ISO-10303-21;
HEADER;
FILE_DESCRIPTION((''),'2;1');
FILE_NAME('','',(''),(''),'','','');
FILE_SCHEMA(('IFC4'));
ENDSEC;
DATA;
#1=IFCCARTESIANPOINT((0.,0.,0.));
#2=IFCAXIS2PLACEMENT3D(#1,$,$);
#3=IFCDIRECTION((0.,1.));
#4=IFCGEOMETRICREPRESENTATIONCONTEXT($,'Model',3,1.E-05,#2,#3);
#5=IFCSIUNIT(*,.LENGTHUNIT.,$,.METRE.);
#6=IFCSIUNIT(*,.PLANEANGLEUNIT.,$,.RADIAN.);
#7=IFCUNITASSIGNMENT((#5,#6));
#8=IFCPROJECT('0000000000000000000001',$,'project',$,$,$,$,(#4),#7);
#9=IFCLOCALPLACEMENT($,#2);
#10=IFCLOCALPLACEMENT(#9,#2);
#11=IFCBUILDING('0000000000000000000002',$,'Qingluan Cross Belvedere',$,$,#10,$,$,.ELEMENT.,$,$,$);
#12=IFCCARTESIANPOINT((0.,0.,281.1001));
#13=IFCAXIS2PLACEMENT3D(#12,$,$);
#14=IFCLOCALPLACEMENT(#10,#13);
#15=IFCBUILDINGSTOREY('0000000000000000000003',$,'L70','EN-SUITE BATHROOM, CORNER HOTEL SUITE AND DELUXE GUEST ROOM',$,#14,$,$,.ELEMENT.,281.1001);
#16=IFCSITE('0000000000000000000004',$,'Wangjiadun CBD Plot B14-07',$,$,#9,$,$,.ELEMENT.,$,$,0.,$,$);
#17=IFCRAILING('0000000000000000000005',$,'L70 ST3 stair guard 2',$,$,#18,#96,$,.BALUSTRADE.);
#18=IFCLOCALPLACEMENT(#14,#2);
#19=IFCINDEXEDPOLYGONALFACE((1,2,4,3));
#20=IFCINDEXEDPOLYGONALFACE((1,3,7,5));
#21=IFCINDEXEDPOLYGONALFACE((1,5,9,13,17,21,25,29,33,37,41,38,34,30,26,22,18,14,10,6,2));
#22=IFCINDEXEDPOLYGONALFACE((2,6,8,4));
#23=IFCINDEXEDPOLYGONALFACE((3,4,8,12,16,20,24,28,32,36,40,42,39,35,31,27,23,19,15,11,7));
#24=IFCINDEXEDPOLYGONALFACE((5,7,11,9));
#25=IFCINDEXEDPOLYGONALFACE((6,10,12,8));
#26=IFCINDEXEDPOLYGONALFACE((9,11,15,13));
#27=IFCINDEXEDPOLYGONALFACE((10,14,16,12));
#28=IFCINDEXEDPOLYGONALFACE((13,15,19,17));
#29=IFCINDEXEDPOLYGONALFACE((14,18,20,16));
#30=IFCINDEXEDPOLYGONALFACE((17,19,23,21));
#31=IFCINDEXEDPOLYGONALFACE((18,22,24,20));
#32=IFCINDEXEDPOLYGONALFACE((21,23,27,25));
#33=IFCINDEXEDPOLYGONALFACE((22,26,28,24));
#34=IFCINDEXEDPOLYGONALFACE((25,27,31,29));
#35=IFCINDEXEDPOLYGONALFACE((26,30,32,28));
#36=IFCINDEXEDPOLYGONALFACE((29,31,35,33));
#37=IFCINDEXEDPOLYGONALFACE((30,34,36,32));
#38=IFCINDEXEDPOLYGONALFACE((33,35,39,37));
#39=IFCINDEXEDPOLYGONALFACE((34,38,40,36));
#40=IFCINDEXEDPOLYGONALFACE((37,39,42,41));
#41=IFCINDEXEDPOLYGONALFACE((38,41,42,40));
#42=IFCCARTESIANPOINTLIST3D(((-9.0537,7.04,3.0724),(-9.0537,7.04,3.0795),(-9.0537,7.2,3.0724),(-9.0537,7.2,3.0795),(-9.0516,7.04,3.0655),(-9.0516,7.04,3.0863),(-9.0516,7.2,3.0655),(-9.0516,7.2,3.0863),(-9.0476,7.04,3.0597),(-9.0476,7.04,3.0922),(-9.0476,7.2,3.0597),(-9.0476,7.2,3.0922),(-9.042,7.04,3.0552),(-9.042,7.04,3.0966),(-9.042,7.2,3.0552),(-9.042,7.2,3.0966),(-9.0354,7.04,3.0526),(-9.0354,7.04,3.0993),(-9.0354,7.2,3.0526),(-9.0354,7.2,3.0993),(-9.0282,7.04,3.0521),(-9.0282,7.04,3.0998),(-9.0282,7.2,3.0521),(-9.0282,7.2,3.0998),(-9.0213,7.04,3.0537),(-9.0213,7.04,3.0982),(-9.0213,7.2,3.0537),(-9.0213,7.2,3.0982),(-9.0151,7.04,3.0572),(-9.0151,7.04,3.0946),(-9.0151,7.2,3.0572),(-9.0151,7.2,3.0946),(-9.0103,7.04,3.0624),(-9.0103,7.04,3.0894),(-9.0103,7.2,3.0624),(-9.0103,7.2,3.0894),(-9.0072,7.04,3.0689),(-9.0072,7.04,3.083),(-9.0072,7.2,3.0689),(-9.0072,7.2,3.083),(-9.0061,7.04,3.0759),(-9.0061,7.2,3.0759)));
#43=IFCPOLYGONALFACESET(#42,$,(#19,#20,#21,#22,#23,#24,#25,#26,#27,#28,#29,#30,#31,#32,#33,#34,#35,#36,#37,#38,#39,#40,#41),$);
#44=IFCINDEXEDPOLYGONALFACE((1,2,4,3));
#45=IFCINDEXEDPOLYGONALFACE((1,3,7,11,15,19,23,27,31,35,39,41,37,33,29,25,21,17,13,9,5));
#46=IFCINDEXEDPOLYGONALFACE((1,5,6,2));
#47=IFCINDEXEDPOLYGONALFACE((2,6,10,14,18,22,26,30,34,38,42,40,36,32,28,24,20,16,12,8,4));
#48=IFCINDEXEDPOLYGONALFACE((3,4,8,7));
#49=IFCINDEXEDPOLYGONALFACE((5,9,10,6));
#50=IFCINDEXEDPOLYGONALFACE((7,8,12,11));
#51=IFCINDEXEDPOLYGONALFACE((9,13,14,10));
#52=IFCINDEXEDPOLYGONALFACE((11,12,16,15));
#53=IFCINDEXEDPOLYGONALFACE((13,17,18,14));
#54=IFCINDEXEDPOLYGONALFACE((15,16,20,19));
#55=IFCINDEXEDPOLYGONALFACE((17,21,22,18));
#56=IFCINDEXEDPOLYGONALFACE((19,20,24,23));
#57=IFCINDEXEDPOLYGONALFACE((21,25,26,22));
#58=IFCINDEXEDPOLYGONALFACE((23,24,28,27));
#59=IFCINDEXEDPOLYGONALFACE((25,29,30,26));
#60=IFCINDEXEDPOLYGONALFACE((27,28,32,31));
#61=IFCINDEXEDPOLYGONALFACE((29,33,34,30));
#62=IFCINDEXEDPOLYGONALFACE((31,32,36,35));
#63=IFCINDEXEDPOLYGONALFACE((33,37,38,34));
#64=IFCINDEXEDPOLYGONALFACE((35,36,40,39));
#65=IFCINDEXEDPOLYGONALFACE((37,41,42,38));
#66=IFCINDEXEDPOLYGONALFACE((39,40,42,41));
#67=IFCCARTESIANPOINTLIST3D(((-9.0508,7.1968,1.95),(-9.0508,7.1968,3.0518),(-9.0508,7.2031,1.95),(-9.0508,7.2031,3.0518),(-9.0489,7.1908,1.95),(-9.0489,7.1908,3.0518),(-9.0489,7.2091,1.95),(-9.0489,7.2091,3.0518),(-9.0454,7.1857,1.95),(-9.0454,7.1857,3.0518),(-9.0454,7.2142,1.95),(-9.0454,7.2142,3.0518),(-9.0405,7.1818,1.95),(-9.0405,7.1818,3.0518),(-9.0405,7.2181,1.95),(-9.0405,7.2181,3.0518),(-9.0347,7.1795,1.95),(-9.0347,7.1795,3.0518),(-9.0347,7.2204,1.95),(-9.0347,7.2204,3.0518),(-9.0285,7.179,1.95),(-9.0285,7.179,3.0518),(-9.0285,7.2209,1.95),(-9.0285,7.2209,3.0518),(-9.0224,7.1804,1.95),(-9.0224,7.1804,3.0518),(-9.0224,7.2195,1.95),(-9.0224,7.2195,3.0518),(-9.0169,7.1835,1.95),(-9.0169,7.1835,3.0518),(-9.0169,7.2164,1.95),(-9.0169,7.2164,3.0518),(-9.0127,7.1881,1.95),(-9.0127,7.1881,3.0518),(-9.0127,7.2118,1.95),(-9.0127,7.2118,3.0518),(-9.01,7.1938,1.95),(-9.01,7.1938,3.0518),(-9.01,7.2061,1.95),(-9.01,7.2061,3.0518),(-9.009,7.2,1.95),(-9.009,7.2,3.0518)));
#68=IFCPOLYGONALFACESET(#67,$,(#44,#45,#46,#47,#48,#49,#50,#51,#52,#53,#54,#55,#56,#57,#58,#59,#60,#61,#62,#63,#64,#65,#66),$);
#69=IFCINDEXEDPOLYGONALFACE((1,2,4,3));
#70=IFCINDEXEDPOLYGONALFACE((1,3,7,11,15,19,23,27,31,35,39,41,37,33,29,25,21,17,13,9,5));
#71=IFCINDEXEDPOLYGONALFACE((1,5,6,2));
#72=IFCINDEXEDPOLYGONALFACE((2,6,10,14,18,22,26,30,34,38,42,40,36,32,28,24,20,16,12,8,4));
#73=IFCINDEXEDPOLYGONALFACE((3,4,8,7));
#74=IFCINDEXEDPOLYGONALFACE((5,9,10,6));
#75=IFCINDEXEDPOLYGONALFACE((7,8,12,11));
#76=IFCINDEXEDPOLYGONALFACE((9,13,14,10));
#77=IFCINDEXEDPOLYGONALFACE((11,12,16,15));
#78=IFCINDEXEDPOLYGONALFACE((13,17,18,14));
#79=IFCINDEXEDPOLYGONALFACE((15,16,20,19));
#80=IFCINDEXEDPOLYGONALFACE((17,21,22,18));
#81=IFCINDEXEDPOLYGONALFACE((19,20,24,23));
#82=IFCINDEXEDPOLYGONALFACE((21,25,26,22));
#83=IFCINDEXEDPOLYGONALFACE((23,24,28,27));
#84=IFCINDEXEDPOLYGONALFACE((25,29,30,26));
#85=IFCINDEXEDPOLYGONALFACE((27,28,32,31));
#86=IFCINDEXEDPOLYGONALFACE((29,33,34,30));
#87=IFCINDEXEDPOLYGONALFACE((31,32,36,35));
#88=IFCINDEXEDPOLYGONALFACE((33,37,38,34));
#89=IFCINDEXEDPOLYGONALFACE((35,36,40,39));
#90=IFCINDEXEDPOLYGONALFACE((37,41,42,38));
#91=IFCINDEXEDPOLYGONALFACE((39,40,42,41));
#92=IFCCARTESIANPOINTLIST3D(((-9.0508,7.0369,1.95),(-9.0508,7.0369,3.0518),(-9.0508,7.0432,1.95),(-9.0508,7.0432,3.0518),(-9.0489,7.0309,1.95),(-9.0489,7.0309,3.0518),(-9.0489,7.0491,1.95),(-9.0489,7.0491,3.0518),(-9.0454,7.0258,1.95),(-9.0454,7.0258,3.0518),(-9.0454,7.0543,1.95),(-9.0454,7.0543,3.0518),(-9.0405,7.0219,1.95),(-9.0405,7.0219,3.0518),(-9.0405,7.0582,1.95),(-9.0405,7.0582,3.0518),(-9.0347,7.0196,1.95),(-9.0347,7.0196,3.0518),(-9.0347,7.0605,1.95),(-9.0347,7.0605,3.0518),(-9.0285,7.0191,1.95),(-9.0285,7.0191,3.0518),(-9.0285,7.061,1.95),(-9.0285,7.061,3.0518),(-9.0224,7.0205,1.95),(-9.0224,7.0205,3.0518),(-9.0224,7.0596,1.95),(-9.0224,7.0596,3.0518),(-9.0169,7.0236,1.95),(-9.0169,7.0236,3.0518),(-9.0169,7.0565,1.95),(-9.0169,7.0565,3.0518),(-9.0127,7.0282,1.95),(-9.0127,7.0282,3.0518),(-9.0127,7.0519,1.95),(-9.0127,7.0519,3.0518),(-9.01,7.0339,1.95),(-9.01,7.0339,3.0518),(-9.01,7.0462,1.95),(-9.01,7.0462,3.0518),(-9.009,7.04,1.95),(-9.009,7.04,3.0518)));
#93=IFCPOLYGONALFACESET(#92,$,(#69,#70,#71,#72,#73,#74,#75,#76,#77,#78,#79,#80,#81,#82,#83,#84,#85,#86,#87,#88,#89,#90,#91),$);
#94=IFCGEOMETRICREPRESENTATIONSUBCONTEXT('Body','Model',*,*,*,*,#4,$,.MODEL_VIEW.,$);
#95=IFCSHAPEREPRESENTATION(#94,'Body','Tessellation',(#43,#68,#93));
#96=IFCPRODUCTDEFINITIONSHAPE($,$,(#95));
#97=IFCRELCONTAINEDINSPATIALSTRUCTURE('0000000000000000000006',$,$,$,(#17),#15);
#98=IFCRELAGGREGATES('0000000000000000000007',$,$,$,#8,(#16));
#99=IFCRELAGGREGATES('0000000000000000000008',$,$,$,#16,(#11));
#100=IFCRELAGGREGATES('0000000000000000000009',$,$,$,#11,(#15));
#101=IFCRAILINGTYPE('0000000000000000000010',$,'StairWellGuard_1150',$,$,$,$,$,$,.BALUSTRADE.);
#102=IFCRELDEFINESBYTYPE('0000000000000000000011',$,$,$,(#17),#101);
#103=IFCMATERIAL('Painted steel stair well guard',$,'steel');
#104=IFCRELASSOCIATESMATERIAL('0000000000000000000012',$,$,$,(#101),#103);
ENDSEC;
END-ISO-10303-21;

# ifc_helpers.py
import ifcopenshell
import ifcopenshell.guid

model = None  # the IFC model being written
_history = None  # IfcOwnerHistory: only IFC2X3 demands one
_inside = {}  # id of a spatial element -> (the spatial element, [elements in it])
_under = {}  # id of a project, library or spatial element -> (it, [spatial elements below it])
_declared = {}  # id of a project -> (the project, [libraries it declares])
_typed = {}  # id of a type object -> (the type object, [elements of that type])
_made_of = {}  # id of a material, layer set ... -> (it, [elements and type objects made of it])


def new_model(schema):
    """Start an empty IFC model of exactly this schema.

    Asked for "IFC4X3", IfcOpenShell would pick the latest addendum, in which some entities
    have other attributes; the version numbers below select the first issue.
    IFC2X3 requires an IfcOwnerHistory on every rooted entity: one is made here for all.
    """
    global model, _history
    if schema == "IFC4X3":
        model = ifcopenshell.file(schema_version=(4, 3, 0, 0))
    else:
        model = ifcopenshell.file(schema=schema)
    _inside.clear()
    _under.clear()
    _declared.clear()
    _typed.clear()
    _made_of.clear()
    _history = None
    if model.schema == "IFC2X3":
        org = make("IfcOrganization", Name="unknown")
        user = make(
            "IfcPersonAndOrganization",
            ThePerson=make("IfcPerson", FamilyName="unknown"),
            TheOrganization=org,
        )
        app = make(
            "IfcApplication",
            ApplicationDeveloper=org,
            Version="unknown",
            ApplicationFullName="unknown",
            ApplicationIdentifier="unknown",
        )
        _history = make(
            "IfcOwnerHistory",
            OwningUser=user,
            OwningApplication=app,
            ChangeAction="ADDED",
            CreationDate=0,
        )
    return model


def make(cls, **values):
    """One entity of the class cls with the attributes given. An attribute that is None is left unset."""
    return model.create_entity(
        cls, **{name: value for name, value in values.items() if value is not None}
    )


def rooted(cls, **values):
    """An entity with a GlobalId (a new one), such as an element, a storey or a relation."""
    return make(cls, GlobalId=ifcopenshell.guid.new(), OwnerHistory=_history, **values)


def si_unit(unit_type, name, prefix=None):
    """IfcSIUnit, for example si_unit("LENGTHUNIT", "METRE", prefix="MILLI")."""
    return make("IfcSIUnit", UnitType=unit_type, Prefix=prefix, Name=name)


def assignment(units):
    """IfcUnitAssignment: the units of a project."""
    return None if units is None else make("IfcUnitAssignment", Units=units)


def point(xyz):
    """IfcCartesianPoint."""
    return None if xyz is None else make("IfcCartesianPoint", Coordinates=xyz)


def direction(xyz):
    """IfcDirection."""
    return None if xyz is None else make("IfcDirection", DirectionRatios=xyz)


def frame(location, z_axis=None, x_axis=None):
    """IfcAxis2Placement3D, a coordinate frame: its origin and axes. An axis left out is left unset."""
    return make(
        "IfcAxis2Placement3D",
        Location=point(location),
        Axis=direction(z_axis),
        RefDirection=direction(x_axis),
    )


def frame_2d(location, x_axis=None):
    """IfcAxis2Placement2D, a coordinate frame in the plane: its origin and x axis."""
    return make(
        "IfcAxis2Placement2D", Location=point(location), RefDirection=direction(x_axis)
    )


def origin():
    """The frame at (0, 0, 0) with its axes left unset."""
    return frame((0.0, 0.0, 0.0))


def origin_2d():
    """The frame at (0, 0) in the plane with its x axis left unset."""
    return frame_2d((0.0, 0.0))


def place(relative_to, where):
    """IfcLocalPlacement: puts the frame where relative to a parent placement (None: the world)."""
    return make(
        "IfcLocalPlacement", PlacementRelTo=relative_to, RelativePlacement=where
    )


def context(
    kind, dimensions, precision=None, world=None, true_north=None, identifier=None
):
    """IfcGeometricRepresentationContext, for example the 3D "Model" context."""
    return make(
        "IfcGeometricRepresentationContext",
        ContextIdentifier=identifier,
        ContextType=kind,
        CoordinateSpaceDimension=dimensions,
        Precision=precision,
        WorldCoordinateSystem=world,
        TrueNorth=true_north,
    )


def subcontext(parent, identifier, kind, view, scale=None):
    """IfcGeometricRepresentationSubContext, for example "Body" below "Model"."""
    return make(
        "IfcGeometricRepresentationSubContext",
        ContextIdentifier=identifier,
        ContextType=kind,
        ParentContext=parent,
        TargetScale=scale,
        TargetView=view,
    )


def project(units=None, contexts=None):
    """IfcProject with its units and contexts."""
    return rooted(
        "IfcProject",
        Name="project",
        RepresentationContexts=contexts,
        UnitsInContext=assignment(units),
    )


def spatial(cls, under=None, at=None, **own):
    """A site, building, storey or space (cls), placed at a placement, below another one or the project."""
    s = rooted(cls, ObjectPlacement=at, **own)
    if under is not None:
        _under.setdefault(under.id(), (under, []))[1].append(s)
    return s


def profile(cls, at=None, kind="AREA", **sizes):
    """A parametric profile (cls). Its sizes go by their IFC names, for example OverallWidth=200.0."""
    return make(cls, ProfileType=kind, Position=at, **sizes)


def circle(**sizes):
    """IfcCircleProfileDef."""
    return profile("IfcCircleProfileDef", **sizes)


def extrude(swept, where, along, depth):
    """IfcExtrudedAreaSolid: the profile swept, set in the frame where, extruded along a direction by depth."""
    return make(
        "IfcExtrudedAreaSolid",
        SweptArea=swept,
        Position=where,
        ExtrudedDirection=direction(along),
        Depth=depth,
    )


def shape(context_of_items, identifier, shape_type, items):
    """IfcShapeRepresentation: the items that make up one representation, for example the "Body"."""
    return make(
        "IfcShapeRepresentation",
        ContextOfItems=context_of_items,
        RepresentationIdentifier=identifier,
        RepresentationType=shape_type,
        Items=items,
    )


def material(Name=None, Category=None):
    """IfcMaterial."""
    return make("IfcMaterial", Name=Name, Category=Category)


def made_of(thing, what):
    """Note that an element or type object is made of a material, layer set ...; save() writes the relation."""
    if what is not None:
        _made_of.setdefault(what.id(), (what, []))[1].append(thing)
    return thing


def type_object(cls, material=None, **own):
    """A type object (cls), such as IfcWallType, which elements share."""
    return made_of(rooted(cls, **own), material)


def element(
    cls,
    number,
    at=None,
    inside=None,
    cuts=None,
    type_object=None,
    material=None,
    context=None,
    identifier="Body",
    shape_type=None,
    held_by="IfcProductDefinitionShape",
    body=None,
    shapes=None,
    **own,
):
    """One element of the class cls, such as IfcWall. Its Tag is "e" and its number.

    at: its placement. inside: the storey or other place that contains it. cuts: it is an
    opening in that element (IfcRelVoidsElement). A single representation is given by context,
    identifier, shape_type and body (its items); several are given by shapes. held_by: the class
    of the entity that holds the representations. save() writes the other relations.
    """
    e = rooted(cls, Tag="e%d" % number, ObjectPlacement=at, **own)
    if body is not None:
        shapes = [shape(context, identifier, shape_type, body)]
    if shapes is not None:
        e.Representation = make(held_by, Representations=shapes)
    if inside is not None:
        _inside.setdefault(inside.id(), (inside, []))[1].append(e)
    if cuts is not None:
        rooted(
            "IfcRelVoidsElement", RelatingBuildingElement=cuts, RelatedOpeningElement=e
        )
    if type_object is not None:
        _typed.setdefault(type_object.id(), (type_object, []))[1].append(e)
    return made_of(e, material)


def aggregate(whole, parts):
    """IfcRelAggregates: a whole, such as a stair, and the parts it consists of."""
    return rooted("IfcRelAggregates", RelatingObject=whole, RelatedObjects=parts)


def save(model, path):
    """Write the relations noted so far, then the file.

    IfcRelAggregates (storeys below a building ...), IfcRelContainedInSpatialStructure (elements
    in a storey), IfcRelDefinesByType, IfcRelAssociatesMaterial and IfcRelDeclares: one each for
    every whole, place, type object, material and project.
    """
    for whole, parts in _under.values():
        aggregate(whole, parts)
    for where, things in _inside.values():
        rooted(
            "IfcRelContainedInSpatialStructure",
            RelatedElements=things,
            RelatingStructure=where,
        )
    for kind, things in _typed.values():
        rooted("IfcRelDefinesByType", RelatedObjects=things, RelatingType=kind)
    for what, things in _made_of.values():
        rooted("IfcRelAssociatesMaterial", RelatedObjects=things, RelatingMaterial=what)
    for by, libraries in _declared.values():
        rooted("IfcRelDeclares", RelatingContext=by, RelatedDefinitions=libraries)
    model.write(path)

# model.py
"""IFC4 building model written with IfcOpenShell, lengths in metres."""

from ifc_helpers import new_model, si_unit, direction, frame, origin, origin_2d, place, context, subcontext, project, spatial, circle, extrude, material, type_object, element, save


model = new_model("IFC4")

# Units and contexts
model_context = context("Model", 3, precision=1e-05, world=origin(), true_north=direction((0.0, 1.0)))
body_context = subcontext(model_context, "Body", "Model", "MODEL_VIEW")
ifc_project = project(units=[si_unit("LENGTHUNIT", "METRE"), si_unit("PLANEANGLEUNIT", "RADIAN")], contexts=[model_context])

# Site, building, storey
site_placement = place(None, origin())
site = spatial("IfcSite", under=ifc_project, at=site_placement, Name="Wangjiadun CBD Plot B14-07", CompositionType="ELEMENT", RefElevation=0.0)
building_placement = place(site_placement, origin())
building = spatial("IfcBuilding", under=site, at=building_placement, Name="Qingluan Cross Belvedere", CompositionType="ELEMENT")
storey_placement = place(building_placement, frame((0.0, 0.0, 281.1001)))
storey = spatial("IfcBuildingStorey", under=building, at=storey_placement, Name="L70", Description="EN-SUITE BATHROOM, CORNER HOTEL SUITE AND DELUXE GUEST ROOM", CompositionType="ELEMENT", Elevation=281.1001)

# Railing
ifc_material_1 = material(Name="Painted steel stair well guard", Category="steel")
railing_type_1 = type_object("IfcRailingType", Name="StairWellGuard_1150", PredefinedType="BALUSTRADE", material=ifc_material_1)
railing_1_placement = place(storey_placement, frame((-9.03, 7.2, 1.95)))
element("IfcRailing", 1, at=railing_1_placement, inside=storey, type_object=railing_type_1, Name="L70 ST3 stair guard 2", PredefinedType="BALUSTRADE", context=body_context, shape_type="SweptSolid", body=[
    extrude(circle(Radius=0.0239, at=origin_2d()), frame((0.0, 0.0, 1.126), z_axis=(0.0, -1.0, 0.0), x_axis=(1.0, 0.0, 0.0)), (0.0, 0.0, 1.0), 0.1599),
    extrude(circle(Radius=0.021, at=origin_2d()), origin(), (0.0, 0.0, 1.0), 1.1018),
    extrude(circle(Radius=0.021, at=origin_2d()), frame((0.0, -0.1599, 0.0)), (0.0, 0.0, 1.0), 1.1018),
])

save(model, "model.ifc")
